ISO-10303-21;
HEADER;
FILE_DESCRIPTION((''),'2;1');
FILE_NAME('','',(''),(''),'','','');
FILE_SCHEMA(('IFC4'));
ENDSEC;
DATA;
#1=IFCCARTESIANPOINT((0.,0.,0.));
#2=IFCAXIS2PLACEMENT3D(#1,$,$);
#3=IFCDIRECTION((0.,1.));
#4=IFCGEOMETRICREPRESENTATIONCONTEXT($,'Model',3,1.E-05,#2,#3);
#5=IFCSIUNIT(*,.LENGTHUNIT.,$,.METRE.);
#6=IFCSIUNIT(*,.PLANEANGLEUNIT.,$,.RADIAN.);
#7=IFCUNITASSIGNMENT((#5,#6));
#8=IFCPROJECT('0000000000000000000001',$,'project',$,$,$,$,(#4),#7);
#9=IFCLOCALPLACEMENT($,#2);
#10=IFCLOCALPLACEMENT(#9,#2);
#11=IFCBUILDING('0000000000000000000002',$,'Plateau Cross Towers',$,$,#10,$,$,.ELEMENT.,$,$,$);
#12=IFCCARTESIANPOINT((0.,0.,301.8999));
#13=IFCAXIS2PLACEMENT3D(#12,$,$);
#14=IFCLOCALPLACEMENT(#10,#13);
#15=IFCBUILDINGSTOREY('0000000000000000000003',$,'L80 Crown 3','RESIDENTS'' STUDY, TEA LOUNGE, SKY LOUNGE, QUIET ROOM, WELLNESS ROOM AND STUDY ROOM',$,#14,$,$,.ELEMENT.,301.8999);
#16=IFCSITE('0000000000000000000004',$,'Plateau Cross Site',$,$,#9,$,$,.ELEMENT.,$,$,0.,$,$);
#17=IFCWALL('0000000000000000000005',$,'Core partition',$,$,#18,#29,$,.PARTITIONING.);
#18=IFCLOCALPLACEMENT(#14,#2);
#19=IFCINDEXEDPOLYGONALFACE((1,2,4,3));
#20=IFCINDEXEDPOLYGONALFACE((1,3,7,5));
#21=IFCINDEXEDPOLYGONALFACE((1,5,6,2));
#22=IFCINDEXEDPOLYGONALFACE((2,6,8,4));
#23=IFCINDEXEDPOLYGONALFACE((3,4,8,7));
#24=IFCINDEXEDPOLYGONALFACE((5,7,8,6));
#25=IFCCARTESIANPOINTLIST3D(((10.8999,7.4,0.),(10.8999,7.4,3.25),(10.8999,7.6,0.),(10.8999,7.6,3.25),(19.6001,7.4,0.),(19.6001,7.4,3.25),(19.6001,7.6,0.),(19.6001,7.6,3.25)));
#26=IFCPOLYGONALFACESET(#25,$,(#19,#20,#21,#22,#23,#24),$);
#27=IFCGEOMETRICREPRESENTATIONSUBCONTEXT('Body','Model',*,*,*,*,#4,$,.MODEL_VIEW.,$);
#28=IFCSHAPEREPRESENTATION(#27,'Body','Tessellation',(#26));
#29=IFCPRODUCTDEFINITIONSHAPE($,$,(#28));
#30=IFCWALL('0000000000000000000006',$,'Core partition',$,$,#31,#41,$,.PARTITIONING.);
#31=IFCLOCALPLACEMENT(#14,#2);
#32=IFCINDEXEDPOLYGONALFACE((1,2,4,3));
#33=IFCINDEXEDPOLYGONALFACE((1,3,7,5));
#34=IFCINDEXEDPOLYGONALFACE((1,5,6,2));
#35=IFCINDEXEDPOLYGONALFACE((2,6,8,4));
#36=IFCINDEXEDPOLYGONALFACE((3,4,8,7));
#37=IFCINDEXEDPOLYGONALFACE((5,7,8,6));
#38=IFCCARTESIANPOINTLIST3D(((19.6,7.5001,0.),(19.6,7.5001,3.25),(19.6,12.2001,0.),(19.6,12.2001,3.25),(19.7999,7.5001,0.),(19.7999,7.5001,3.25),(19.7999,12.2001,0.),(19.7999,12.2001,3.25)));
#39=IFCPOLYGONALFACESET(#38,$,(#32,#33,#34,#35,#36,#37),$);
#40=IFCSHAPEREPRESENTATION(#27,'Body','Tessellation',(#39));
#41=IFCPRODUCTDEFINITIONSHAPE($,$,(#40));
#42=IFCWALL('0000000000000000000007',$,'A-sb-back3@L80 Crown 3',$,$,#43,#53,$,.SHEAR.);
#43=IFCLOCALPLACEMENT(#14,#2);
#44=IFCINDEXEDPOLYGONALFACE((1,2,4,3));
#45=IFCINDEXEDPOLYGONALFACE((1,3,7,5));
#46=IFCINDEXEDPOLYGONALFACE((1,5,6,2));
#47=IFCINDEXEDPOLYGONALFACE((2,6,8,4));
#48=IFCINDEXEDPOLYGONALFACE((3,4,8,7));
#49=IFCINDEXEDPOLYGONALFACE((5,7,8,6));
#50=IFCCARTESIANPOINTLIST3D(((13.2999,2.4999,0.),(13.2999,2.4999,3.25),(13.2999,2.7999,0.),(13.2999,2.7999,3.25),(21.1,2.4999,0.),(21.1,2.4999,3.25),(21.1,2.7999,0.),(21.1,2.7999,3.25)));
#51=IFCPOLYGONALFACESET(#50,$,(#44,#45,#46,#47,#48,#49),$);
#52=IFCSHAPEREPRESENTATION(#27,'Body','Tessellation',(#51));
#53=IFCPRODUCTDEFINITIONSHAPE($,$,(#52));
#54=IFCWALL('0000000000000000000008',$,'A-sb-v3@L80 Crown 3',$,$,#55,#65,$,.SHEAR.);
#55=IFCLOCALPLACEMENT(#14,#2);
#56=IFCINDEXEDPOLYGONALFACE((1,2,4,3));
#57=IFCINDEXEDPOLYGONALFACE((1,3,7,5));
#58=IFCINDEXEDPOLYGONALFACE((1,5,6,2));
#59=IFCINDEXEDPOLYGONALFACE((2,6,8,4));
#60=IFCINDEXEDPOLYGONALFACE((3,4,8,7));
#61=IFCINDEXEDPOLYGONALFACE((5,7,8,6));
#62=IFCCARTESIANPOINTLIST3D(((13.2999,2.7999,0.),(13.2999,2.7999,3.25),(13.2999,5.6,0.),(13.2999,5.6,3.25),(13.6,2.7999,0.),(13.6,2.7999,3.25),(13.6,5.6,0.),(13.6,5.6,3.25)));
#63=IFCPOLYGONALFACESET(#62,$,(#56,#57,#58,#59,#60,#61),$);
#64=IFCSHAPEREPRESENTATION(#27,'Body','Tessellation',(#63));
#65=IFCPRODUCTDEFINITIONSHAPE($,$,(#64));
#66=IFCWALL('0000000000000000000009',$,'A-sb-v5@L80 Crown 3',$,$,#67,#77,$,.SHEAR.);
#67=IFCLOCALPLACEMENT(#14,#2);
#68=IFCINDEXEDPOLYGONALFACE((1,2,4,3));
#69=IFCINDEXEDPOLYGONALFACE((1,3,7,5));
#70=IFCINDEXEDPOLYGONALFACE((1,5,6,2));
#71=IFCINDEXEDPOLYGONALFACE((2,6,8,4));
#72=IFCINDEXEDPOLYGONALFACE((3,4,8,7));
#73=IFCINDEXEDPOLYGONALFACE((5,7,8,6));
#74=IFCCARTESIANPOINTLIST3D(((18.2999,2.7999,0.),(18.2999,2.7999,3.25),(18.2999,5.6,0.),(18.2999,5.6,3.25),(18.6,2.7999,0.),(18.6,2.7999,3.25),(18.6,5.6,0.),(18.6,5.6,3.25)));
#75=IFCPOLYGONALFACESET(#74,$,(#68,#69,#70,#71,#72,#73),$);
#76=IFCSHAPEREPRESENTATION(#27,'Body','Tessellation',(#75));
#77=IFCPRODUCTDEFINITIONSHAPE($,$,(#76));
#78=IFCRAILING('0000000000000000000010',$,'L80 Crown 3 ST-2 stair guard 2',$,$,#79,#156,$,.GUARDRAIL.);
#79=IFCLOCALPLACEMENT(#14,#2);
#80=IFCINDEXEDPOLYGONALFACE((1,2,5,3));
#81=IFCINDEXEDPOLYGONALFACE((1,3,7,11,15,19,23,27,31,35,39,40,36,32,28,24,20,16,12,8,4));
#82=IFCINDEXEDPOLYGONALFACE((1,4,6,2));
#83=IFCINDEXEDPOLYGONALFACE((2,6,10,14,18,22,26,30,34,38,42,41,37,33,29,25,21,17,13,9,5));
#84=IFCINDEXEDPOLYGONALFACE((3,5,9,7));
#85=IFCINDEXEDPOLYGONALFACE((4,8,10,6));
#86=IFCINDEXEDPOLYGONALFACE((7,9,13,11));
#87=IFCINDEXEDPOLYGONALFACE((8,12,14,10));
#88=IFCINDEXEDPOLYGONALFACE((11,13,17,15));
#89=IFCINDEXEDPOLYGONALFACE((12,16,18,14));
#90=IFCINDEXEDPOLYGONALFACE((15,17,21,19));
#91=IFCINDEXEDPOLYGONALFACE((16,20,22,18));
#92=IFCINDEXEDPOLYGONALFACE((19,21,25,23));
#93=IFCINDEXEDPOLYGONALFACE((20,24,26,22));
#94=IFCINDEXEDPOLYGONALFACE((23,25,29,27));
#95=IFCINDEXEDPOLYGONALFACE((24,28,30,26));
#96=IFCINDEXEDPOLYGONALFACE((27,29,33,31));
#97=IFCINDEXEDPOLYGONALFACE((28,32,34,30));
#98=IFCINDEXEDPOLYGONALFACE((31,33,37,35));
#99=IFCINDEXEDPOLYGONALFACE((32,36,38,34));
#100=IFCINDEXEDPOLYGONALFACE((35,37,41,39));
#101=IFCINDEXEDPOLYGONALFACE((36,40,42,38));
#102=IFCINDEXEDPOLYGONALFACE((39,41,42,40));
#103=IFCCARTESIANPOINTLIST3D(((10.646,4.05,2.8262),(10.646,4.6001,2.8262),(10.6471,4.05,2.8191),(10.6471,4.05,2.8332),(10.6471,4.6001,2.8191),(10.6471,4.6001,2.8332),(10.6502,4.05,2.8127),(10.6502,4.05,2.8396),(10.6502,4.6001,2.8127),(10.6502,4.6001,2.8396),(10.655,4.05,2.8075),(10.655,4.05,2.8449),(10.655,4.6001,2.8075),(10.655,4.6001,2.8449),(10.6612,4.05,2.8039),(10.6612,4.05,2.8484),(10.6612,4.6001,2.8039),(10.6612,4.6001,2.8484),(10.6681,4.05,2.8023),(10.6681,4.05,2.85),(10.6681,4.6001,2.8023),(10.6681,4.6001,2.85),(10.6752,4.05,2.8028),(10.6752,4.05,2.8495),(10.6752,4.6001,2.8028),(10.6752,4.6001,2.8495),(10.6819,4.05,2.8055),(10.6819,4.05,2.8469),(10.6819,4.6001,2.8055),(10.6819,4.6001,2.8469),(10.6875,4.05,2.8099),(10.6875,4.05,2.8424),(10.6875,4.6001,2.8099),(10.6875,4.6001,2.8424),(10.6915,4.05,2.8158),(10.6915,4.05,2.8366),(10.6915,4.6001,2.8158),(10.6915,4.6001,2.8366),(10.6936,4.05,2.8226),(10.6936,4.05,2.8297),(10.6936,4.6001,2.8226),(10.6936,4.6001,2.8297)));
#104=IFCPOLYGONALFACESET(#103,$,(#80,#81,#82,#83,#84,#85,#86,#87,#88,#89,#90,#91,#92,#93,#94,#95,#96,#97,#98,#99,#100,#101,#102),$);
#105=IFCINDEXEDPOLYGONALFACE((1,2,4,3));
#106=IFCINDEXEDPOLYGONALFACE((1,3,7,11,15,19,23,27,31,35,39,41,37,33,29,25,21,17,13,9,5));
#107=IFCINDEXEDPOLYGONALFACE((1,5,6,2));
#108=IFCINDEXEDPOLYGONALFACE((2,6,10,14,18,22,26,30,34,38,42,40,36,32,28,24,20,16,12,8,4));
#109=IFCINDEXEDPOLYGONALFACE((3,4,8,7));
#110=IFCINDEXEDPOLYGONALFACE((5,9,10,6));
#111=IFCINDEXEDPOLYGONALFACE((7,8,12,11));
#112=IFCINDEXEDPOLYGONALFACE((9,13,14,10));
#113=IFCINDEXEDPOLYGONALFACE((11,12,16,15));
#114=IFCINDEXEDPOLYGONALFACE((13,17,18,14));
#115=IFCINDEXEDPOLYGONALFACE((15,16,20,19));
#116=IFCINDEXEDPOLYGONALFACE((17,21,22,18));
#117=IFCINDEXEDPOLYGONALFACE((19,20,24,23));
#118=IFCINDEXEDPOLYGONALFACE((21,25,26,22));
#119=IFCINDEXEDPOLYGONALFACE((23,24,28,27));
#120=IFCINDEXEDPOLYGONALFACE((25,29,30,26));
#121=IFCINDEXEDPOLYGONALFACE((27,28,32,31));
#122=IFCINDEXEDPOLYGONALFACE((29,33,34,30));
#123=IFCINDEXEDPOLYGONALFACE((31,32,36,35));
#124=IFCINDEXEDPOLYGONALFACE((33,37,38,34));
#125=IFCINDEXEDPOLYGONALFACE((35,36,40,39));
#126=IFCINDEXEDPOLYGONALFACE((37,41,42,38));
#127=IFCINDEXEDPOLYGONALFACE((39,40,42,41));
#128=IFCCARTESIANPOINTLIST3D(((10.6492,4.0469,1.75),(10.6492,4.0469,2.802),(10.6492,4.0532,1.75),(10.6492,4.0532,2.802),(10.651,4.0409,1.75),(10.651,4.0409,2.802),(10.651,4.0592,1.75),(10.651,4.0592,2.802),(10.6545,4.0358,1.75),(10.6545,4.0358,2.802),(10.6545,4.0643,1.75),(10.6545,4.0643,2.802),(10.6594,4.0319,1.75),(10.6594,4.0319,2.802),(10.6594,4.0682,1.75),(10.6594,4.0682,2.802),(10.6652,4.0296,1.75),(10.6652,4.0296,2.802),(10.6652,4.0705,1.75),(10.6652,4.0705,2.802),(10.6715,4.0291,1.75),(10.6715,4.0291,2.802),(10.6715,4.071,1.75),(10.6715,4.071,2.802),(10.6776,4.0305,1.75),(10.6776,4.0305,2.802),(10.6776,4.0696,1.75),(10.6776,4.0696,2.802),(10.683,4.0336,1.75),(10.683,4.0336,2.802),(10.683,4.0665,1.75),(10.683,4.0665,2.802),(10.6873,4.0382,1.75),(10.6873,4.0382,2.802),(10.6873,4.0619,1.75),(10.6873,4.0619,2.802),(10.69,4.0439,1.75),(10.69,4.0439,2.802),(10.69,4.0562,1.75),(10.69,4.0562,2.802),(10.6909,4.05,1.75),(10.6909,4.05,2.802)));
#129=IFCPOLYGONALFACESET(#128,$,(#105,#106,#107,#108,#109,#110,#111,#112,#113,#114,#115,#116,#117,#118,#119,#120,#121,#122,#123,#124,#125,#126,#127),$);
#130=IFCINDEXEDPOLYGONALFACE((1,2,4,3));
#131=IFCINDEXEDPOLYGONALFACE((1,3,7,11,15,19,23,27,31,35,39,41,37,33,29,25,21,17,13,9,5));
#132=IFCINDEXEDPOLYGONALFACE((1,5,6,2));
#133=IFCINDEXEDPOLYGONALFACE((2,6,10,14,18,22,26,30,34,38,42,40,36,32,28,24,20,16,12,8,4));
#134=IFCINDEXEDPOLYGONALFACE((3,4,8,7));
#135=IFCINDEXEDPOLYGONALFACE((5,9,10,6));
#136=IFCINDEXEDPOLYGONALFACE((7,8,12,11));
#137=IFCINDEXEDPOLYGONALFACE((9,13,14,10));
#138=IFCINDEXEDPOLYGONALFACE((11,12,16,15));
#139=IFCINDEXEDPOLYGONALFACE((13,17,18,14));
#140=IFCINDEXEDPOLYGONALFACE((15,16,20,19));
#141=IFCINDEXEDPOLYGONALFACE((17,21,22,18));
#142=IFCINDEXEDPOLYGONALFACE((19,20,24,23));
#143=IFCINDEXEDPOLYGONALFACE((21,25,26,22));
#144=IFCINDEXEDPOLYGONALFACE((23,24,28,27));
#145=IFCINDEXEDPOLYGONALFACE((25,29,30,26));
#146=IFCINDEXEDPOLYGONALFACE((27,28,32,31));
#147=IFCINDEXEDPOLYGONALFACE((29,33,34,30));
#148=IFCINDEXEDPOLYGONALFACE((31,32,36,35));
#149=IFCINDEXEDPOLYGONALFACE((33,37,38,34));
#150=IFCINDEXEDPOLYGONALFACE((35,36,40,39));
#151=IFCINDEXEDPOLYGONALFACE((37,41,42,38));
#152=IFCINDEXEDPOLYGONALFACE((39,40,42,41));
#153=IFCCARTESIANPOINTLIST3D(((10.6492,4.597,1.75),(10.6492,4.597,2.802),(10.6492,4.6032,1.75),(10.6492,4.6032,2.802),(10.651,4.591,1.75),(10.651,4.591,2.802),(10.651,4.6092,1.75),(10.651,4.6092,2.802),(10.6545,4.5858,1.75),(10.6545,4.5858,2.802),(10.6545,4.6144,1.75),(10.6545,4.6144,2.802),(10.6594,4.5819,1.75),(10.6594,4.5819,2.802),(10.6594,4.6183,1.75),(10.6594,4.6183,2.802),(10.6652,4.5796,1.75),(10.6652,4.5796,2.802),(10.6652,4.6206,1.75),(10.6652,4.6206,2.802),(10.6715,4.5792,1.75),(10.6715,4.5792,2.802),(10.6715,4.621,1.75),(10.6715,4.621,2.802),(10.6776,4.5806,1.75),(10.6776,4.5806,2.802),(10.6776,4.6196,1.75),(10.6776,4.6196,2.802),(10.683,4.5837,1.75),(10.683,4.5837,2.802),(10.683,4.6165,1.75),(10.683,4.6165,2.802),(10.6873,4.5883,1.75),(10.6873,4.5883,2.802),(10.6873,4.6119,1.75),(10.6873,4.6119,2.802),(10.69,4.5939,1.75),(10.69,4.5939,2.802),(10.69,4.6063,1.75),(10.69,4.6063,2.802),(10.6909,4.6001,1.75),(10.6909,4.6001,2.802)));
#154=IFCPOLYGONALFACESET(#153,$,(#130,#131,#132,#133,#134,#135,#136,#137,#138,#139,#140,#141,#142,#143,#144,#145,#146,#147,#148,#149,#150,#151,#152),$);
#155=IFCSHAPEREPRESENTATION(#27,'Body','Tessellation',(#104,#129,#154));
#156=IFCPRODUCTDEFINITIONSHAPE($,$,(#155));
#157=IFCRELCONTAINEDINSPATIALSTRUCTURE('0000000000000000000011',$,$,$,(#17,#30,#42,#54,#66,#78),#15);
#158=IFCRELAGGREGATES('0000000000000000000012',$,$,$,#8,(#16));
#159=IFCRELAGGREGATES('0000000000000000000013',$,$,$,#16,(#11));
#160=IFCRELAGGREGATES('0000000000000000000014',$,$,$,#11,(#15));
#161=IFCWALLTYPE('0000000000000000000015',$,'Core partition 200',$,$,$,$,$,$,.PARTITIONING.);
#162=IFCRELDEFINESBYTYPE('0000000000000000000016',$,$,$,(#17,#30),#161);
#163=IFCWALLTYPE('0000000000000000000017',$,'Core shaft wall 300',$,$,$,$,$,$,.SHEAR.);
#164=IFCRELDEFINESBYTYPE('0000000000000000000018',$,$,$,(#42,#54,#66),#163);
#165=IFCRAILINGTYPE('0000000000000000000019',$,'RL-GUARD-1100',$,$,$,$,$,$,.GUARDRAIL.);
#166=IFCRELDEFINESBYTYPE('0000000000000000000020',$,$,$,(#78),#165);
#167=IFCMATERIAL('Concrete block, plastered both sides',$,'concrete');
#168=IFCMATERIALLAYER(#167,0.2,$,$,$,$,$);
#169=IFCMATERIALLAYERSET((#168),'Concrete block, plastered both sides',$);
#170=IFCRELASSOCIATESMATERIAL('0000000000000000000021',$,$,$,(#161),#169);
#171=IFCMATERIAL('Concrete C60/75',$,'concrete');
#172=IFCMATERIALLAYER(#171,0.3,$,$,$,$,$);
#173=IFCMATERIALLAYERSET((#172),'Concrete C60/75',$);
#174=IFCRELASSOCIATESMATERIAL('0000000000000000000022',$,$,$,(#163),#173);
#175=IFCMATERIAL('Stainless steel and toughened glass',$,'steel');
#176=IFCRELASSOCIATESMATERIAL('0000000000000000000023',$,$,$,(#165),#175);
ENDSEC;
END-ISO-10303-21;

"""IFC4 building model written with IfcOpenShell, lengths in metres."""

from ifc_helpers import new_model, si_unit, direction, frame, frame_2d, origin, origin_2d, place, context, subcontext, project, spatial, rectangle, circle, extrude, material, layer, layer_set, type_object, element, save


model = new_model("IFC4")

# Units and contexts
model_context = context("Model", 3, precision=1e-05, world=origin(), true_north=direction((0.0, 1.0)))
body_context = subcontext(model_context, "Body", "Model", "MODEL_VIEW")
ifc_project = project(units=[si_unit("LENGTHUNIT", "METRE"), si_unit("PLANEANGLEUNIT", "RADIAN")], contexts=[model_context])

# Site, building, storey
site_placement = place(None, origin())
site = spatial("IfcSite", under=ifc_project, at=site_placement, Name="Plateau Cross Site", CompositionType="ELEMENT", RefElevation=0.0)
building_placement = place(site_placement, origin())
building = spatial("IfcBuilding", under=site, at=building_placement, Name="Plateau Cross Towers", CompositionType="ELEMENT")
storey_placement = place(building_placement, frame((0.0, 0.0, 301.8999)))
storey = spatial("IfcBuildingStorey", under=building, at=storey_placement, Name="L80 Crown 3", Description="RESIDENTS' STUDY, TEA LOUNGE, SKY LOUNGE, QUIET ROOM, WELLNESS ROOM AND STUDY ROOM", CompositionType="ELEMENT", Elevation=301.8999)

# Shared definitions
ifc_material_1 = material(Name="Concrete C60/75", Category="concrete")

# Walls
ifc_material_2 = material(Name="Concrete block, plastered both sides", Category="concrete")
ifc_layer_1 = layer(ifc_material_2, 0.2)
ifc_layer_set_1 = layer_set([ifc_layer_1], Name="Concrete block, plastered both sides")
wall_type_1 = type_object("IfcWallType", Name="Core partition 200", PredefinedType="PARTITIONING", material=ifc_layer_set_1)
wall_1_placement = place(storey_placement, frame((10.8999, 7.5, 0.0), z_axis=(0.0, 0.0, 1.0), x_axis=(1.0, 0.0, 0.0)))
element("IfcWall", 1, at=wall_1_placement, inside=storey, type_object=wall_type_1, Name="Core partition", PredefinedType="PARTITIONING", context=body_context, shape_type="SweptSolid", body=[
    extrude(rectangle(XDim=8.7002, YDim=0.2, at=frame_2d((4.3501, 0.0))), origin(), (0.0, 0.0, 1.0), 3.25),
])
wall_2_placement = place(storey_placement, frame((19.7, 7.5, 0.0), z_axis=(0.0, 0.0, 1.0), x_axis=(0.0, 1.0, 0.0)))
element("IfcWall", 2, at=wall_2_placement, inside=storey, type_object=wall_type_1, Name="Core partition", PredefinedType="PARTITIONING", context=body_context, shape_type="SweptSolid", body=[
    extrude(rectangle(XDim=4.7, YDim=0.2, at=frame_2d((2.3501, 0.0))), origin(), (0.0, 0.0, 1.0), 3.25),
])
ifc_layer_2 = layer(ifc_material_1, 0.3)
ifc_layer_set_2 = layer_set([ifc_layer_2], Name="Concrete C60/75")
wall_type_2 = type_object("IfcWallType", Name="Core shaft wall 300", PredefinedType="SHEAR", material=ifc_layer_set_2)
wall_3_placement = place(storey_placement, frame((13.3, 2.6499, 0.0), z_axis=(0.0, 0.0, 1.0), x_axis=(1.0, 0.0, 0.0)))
element("IfcWall", 3, at=wall_3_placement, inside=storey, type_object=wall_type_2, Name="A-sb-back3@L80 Crown 3", PredefinedType="SHEAR", context=body_context, shape_type="SweptSolid", body=[
    extrude(rectangle(XDim=7.8, YDim=0.3, at=frame_2d((3.8999, 0.0))), origin(), (0.0, 0.0, 1.0), 3.25),
])
for number, where, z_axis, x_axis, name in (
    (4, (13.45, 2.8, 0.0), (0.0, 0.0, 1.0), (0.0, 1.0, 0.0), "A-sb-v3@L80 Crown 3"),
    (5, (18.45, 2.8, 0.0), (0.0, 0.0, 1.0), (0.0, 1.0, 0.0), "A-sb-v5@L80 Crown 3"),
):
    element("IfcWall", number, at=place(storey_placement, frame(where, z_axis=z_axis, x_axis=x_axis)), inside=storey, type_object=wall_type_2, Name=name, PredefinedType="SHEAR", context=body_context, shape_type="SweptSolid", body=[
        extrude(rectangle(XDim=2.8, YDim=0.3, at=frame_2d((1.3999, 0.0))), origin(), (0.0, 0.0, 1.0), 3.25),
    ])

# Railing
ifc_material_3 = material(Name="Stainless steel and toughened glass", Category="steel")
railing_type_1 = type_object("IfcRailingType", Name="RL-GUARD-1100", PredefinedType="GUARDRAIL", material=ifc_material_3)
railing_1_placement = place(storey_placement, frame((10.6699, 4.05, 1.75)))
element("IfcRailing", 6, at=railing_1_placement, inside=storey, type_object=railing_type_1, Name="L80 Crown 3 ST-2 stair guard 2", PredefinedType="GUARDRAIL", context=body_context, shape_type="SweptSolid", body=[
    extrude(circle(Radius=0.0239, at=origin_2d()), frame((0.0, 0.0, 1.0762), z_axis=(0.0, 1.0, 0.0), x_axis=(-1.0, 0.0, 0.0)), (0.0, 0.0, 1.0), 0.55),
    extrude(circle(Radius=0.021, at=origin_2d()), origin(), (0.0, 0.0, 1.0), 1.052),
    extrude(circle(Radius=0.021, at=origin_2d()), frame((0.0, 0.55, 0.0)), (0.0, 0.0, 1.0), 1.052),
])

save(model, "model.ifc")
